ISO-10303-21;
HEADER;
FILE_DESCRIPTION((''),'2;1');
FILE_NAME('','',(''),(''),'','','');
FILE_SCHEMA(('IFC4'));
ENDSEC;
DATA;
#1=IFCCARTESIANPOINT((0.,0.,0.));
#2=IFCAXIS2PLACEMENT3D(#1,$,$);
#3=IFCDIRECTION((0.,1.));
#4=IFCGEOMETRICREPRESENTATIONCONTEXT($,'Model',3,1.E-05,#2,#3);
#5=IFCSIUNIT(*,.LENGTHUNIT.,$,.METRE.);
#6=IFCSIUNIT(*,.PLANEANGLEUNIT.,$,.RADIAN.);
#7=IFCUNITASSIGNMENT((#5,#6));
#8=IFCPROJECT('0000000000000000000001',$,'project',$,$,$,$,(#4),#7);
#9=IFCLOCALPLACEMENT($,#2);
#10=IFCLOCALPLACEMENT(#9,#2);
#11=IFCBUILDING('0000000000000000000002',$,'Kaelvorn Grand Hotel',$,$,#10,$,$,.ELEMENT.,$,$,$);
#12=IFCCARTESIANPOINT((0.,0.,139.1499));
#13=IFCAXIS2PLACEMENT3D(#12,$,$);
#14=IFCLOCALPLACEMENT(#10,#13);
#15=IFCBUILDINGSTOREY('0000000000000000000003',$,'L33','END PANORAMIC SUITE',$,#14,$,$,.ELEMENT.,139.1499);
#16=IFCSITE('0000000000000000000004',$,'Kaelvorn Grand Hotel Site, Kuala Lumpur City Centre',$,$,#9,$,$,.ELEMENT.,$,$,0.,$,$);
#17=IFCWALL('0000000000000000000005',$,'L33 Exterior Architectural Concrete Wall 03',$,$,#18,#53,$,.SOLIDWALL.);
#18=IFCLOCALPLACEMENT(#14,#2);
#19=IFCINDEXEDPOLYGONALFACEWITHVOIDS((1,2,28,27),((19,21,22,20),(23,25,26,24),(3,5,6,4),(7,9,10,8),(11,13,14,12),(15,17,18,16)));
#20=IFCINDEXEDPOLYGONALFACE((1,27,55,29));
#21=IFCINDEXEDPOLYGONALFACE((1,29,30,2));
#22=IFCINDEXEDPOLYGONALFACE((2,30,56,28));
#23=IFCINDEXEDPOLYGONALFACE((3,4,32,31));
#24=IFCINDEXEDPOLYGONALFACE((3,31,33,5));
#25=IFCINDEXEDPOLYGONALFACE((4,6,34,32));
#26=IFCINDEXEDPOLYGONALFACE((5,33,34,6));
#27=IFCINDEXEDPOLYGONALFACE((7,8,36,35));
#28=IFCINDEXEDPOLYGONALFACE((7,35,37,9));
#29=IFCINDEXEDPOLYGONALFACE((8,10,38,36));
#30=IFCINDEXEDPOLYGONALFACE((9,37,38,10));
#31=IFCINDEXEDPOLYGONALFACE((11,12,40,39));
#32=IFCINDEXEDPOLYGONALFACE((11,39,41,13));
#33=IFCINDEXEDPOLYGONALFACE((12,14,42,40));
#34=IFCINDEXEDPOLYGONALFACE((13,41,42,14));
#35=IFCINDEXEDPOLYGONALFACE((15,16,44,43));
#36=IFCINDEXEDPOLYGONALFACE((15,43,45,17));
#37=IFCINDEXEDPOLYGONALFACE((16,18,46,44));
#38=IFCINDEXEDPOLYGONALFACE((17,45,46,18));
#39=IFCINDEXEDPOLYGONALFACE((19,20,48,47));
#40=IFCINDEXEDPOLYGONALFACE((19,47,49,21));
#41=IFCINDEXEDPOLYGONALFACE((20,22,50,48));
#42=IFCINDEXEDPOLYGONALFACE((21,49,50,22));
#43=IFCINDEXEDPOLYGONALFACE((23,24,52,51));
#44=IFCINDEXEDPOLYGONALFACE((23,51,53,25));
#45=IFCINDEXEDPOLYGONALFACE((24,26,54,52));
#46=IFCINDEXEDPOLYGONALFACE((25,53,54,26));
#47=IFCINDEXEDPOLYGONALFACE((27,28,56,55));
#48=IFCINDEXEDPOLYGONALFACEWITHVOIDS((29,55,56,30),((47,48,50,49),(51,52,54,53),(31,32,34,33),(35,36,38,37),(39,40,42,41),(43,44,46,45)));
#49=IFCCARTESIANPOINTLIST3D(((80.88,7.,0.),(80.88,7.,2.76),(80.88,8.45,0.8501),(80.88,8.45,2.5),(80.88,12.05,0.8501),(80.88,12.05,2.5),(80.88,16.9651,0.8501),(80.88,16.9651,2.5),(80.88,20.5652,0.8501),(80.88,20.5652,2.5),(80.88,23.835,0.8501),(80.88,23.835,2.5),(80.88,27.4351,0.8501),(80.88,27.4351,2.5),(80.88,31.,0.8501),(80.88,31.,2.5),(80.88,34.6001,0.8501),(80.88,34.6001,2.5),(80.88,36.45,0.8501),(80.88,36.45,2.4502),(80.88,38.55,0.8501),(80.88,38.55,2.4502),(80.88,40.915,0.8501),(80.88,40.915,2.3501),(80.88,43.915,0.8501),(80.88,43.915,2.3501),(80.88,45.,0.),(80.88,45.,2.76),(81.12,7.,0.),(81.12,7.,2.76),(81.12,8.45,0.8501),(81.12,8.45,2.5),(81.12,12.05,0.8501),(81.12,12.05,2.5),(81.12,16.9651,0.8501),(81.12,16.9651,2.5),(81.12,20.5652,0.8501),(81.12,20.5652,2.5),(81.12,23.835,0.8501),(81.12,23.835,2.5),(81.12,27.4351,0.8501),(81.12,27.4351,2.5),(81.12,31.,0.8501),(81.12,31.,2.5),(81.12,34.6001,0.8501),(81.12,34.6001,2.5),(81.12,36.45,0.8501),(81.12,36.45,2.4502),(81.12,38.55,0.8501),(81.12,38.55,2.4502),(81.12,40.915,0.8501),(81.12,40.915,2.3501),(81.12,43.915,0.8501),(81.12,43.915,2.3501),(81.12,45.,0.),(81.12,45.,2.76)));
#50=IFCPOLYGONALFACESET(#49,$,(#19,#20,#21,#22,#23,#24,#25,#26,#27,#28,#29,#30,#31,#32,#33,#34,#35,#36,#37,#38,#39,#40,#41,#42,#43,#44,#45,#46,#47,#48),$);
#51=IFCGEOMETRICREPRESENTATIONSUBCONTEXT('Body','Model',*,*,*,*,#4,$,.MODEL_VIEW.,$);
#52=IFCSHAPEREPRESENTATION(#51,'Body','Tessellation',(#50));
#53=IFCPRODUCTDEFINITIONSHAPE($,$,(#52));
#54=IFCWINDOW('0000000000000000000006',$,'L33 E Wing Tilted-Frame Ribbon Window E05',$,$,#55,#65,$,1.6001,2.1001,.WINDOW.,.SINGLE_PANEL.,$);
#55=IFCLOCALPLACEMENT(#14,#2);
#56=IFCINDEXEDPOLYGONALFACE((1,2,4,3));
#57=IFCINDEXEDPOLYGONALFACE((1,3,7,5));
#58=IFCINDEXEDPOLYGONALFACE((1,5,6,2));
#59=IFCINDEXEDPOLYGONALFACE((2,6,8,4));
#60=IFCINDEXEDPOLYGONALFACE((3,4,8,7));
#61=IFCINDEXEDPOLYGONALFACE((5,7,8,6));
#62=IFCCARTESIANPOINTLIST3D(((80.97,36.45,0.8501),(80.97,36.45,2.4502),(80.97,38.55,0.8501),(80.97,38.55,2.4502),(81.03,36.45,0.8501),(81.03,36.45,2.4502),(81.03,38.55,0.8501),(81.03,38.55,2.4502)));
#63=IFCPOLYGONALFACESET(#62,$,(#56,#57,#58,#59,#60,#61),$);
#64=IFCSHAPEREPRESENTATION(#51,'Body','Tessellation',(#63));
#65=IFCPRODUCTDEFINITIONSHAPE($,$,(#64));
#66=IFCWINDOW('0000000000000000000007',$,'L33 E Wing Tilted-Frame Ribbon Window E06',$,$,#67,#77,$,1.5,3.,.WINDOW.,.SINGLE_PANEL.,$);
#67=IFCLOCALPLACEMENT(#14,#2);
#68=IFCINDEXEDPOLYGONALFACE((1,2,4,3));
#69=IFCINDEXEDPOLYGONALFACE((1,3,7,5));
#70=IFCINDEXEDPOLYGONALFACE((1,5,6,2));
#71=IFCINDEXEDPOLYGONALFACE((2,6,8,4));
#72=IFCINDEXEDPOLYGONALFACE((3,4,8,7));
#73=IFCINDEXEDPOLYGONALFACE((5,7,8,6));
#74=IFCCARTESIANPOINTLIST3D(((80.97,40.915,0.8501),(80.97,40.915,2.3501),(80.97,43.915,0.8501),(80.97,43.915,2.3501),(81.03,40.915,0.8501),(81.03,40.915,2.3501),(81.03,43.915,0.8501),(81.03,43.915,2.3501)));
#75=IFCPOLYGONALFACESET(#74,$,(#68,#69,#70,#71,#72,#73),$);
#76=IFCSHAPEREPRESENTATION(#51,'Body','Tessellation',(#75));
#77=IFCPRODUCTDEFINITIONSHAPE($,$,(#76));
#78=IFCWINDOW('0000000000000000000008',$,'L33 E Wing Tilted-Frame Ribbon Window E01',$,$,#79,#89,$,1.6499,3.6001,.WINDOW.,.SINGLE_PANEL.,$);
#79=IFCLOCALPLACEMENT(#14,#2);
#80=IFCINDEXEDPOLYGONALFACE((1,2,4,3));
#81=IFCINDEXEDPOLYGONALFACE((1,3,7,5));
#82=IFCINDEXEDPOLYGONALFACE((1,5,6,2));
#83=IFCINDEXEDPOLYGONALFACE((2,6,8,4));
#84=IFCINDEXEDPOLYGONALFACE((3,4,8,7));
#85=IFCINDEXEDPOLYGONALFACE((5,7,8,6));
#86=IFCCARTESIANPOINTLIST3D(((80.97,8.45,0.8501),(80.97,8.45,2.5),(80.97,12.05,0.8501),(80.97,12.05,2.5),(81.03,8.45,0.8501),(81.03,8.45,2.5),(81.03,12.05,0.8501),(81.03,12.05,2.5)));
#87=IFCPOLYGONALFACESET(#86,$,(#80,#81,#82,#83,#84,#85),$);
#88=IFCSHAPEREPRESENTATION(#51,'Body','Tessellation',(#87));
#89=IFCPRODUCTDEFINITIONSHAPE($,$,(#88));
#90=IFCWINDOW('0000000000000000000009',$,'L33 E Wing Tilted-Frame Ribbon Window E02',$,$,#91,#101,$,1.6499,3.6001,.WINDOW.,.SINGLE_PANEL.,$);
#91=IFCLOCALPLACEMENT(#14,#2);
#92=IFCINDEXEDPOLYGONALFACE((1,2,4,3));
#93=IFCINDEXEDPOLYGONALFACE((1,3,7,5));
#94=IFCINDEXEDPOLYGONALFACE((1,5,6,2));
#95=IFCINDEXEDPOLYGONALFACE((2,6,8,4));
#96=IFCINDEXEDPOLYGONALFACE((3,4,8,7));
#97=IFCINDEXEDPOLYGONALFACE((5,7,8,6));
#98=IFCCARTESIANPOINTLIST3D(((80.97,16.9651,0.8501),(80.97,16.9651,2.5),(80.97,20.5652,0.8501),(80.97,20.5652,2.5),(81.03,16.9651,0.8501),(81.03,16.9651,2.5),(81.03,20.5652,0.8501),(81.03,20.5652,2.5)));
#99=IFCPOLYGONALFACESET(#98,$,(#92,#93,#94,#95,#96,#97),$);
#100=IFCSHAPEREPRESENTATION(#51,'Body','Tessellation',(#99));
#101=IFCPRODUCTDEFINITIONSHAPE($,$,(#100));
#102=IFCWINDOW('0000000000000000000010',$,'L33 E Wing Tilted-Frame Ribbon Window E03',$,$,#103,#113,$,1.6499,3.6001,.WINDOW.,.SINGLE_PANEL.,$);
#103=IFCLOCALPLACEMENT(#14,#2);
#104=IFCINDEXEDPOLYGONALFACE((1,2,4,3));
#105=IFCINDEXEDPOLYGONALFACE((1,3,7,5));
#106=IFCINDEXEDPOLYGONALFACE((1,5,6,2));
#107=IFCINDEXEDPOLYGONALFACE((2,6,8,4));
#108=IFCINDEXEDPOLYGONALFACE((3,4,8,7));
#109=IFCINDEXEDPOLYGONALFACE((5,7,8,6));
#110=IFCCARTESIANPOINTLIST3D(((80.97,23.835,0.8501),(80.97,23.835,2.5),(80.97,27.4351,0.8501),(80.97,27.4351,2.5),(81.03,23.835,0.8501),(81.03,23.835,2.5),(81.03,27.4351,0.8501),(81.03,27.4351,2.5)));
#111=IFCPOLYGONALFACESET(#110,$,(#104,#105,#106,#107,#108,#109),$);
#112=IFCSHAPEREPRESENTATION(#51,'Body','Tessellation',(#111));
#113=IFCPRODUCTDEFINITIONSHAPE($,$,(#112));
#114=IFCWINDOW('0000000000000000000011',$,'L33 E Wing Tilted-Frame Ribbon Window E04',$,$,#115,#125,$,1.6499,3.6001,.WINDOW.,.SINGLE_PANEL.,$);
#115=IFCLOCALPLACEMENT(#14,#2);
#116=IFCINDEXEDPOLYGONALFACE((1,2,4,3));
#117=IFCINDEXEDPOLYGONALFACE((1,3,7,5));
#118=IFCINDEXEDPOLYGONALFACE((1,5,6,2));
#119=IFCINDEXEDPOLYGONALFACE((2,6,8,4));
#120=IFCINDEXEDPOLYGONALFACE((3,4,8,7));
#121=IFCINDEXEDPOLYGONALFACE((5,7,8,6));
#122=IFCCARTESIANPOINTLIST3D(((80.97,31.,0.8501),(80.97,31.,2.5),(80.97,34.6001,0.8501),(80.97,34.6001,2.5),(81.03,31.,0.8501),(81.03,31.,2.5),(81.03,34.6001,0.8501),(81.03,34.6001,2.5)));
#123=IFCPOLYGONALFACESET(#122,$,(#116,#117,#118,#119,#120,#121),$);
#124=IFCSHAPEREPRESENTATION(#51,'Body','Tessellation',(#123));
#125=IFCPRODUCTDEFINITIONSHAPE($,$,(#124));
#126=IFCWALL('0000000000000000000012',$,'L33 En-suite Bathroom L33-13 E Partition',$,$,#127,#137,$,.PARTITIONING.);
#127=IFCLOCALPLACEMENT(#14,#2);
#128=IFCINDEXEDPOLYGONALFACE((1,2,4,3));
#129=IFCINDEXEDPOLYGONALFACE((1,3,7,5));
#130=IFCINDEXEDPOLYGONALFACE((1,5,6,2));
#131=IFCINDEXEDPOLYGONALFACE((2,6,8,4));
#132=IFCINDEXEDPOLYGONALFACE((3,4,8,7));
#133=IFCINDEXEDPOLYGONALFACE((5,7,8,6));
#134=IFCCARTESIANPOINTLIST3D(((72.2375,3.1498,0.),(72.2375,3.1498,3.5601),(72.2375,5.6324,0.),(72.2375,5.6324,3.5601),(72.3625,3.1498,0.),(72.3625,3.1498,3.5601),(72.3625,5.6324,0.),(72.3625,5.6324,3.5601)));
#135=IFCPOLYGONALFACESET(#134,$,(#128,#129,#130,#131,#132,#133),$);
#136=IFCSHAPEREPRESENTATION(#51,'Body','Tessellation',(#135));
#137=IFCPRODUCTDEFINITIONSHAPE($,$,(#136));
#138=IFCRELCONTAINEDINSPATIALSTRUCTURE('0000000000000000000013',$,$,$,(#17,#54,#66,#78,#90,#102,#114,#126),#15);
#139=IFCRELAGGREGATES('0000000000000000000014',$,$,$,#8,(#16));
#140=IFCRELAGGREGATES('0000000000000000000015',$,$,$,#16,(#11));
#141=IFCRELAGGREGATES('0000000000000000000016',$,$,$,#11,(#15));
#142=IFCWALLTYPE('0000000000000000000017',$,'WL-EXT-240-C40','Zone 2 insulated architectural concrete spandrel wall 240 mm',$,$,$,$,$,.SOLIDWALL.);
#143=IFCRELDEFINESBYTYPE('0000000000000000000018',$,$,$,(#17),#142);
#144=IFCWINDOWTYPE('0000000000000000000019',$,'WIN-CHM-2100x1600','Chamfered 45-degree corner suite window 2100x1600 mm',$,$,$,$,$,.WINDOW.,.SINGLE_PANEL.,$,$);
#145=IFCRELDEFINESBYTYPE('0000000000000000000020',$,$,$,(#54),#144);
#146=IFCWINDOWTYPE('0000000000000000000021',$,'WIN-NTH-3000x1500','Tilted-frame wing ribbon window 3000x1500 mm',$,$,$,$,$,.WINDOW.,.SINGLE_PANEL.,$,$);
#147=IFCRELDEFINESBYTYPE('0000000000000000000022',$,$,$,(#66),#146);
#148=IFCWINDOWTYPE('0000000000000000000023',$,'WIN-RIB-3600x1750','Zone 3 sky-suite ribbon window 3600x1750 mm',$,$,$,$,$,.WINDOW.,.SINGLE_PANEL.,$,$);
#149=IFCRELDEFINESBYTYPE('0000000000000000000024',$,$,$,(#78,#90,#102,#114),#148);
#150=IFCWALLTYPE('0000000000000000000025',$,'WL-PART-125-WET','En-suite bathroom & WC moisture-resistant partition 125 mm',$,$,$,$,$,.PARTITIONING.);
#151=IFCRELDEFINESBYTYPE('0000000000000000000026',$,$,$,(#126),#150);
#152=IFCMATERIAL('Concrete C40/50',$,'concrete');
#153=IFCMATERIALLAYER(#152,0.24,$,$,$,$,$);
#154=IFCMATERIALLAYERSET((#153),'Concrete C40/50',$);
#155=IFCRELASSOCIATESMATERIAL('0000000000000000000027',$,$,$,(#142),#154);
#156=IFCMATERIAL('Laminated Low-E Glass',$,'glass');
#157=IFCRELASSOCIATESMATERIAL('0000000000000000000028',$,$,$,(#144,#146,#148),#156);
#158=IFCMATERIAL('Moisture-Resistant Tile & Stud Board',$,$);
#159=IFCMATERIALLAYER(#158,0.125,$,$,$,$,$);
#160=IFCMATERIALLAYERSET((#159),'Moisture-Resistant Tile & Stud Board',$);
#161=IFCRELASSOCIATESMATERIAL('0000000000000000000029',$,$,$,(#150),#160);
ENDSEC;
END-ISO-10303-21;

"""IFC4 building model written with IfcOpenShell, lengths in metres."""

from ifc_helpers import new_model, si_unit, direction, frame, frame_2d, origin, place, context, subcontext, project, spatial, rectangle, extrude, material, layer, layer_set, type_object, element, fill, save


model = new_model("IFC4")

# Units and contexts
model_context = context("Model", 3, precision=1e-05, world=origin(), true_north=direction((0.0, 1.0)))
body_context = subcontext(model_context, "Body", "Model", "MODEL_VIEW")
ifc_project = project(units=[si_unit("LENGTHUNIT", "METRE"), si_unit("PLANEANGLEUNIT", "RADIAN")], contexts=[model_context])

# Site, building, storey
site_placement = place(None, origin())
site = spatial("IfcSite", under=ifc_project, at=site_placement, Name="Kaelvorn Grand Hotel Site, Kuala Lumpur City Centre", CompositionType="ELEMENT", RefElevation=0.0)
building_placement = place(site_placement, origin())
building = spatial("IfcBuilding", under=site, at=building_placement, Name="Kaelvorn Grand Hotel", CompositionType="ELEMENT")
storey_placement = place(building_placement, frame((0.0, 0.0, 139.1499)))
storey = spatial("IfcBuildingStorey", under=building, at=storey_placement, Name="L33", Description="END PANORAMIC SUITE", CompositionType="ELEMENT", Elevation=139.1499)

# Shared definitions
ifc_material_1 = material(Name="Concrete C40/50", Category="concrete")

# Shared definitions
ifc_layer_1 = layer(ifc_material_1, 0.24)
ifc_layer_set_1 = layer_set([ifc_layer_1], Name="Concrete C40/50")
wall_type_1 = type_object("IfcWallType", Name="WL-EXT-240-C40", Description="Zone 2 insulated architectural concrete spandrel wall 240 mm", PredefinedType="SOLIDWALL", material=ifc_layer_set_1)
ifc_material_2 = material(Name="Laminated Low-E Glass", Category="glass")
window_type_1 = type_object("IfcWindowType", Name="WIN-CHM-2100x1600", Description="Chamfered 45-degree corner suite window 2100x1600 mm", PartitioningType="SINGLE_PANEL", PredefinedType="WINDOW", material=ifc_material_2)

# Wall, openings, windows
wall_1_placement = place(storey_placement, frame((81.0, 7.0, 0.0), z_axis=(0.0, 0.0, 1.0), x_axis=(0.0, 1.0, 0.0)))
wall_1 = element("IfcWall", 1, at=wall_1_placement, inside=storey, type_object=wall_type_1, Name="L33 Exterior Architectural Concrete Wall 03", PredefinedType="SOLIDWALL", context=body_context, shape_type="SweptSolid", body=[
    extrude(rectangle(XDim=38.0, YDim=0.24, at=frame_2d((19.0, 0.0))), origin(), (0.0, 0.0, 1.0), 2.76),
])
opening_1_placement = place(wall_1_placement, frame((1.45, 0.0, 0.8501)))
opening_1 = element("IfcOpeningElement", 2, at=opening_1_placement, cuts=wall_1, PredefinedType="OPENING", context=body_context, shape_type="SweptSolid", body=[
    extrude(rectangle(XDim=3.6001, YDim=1.6499, at=frame_2d((1.8, 0.825))), frame((0.0, 0.1299, 0.0), z_axis=(0.0, -1.0, 0.0), x_axis=(1.0, 0.0, 0.0)), (0.0, 0.0, 1.0), 0.26),
])
opening_2_placement = place(wall_1_placement, frame((9.9651, 0.0, 0.8501)))
opening_2 = element("IfcOpeningElement", 3, at=opening_2_placement, cuts=wall_1, PredefinedType="OPENING", context=body_context, shape_type="SweptSolid", body=[
    extrude(rectangle(XDim=3.6001, YDim=1.6499, at=frame_2d((1.8, 0.825))), frame((0.0, 0.1299, 0.0), z_axis=(0.0, -1.0, 0.0), x_axis=(1.0, 0.0, 0.0)), (0.0, 0.0, 1.0), 0.26),
])
opening_3_placement = place(wall_1_placement, frame((16.835, 0.0, 0.8501)))
opening_3 = element("IfcOpeningElement", 4, at=opening_3_placement, cuts=wall_1, PredefinedType="OPENING", context=body_context, shape_type="SweptSolid", body=[
    extrude(rectangle(XDim=3.6001, YDim=1.6499, at=frame_2d((1.8, 0.825))), frame((0.0, 0.1299, 0.0), z_axis=(0.0, -1.0, 0.0), x_axis=(1.0, 0.0, 0.0)), (0.0, 0.0, 1.0), 0.26),
])
opening_4_placement = place(wall_1_placement, frame((24.0, 0.0, 0.8501)))
opening_4 = element("IfcOpeningElement", 5, at=opening_4_placement, cuts=wall_1, PredefinedType="OPENING", context=body_context, shape_type="SweptSolid", body=[
    extrude(rectangle(XDim=3.6001, YDim=1.6499, at=frame_2d((1.8, 0.825))), frame((0.0, 0.1299, 0.0), z_axis=(0.0, -1.0, 0.0), x_axis=(1.0, 0.0, 0.0)), (0.0, 0.0, 1.0), 0.26),
])
opening_5_placement = place(wall_1_placement, frame((29.45, 0.0, 0.8501)))
opening_5 = element("IfcOpeningElement", 6, at=opening_5_placement, cuts=wall_1, PredefinedType="OPENING", context=body_context, shape_type="SweptSolid", body=[
    extrude(rectangle(XDim=2.1001, YDim=1.6001, at=frame_2d((1.05, 0.8))), frame((0.0, 0.1299, 0.0), z_axis=(0.0, -1.0, 0.0), x_axis=(1.0, 0.0, 0.0)), (0.0, 0.0, 1.0), 0.26),
])
opening_6_placement = place(wall_1_placement, frame((33.915, 0.0, 0.8501)))
opening_6 = element("IfcOpeningElement", 7, at=opening_6_placement, cuts=wall_1, PredefinedType="OPENING", context=body_context, shape_type="SweptSolid", body=[
    extrude(rectangle(XDim=3.0, YDim=1.5, at=frame_2d((1.5, 0.75))), frame((0.0, 0.1299, 0.0), z_axis=(0.0, -1.0, 0.0), x_axis=(1.0, 0.0, 0.0)), (0.0, 0.0, 1.0), 0.26),
])
window_1_placement = place(opening_5_placement, origin())
window_1 = element("IfcWindow", 8, at=window_1_placement, inside=storey, type_object=window_type_1, Name="L33 E Wing Tilted-Frame Ribbon Window E05", OverallHeight=1.6001, OverallWidth=2.1001, PartitioningType="SINGLE_PANEL", PredefinedType="WINDOW", context=body_context, shape_type="SweptSolid", body=[
    extrude(rectangle(XDim=2.1001, YDim=1.6001, at=frame_2d((1.05, 0.8))), frame((0.0, 0.03, 0.0), z_axis=(0.0, -1.0, 0.0), x_axis=(1.0, 0.0, 0.0)), (0.0, 0.0, 1.0), 0.0601),
])
fill(opening_5, window_1)
window_type_2 = type_object("IfcWindowType", Name="WIN-NTH-3000x1500", Description="Tilted-frame wing ribbon window 3000x1500 mm", PartitioningType="SINGLE_PANEL", PredefinedType="WINDOW", material=ifc_material_2)
window_2_placement = place(opening_6_placement, origin())
window_2 = element("IfcWindow", 9, at=window_2_placement, inside=storey, type_object=window_type_2, Name="L33 E Wing Tilted-Frame Ribbon Window E06", OverallHeight=1.5, OverallWidth=3.0, PartitioningType="SINGLE_PANEL", PredefinedType="WINDOW", context=body_context, shape_type="SweptSolid", body=[
    extrude(rectangle(XDim=3.0, YDim=1.5, at=frame_2d((1.5, 0.75))), frame((0.0, 0.03, 0.0), z_axis=(0.0, -1.0, 0.0), x_axis=(1.0, 0.0, 0.0)), (0.0, 0.0, 1.0), 0.0601),
])
fill(opening_6, window_2)
window_type_3 = type_object("IfcWindowType", Name="WIN-RIB-3600x1750", Description="Zone 3 sky-suite ribbon window 3600x1750 mm", PartitioningType="SINGLE_PANEL", PredefinedType="WINDOW", material=ifc_material_2)
window_3_placement = place(opening_1_placement, origin())
window_3 = element("IfcWindow", 10, at=window_3_placement, inside=storey, type_object=window_type_3, Name="L33 E Wing Tilted-Frame Ribbon Window E01", OverallHeight=1.6499, OverallWidth=3.6001, PartitioningType="SINGLE_PANEL", PredefinedType="WINDOW", context=body_context, shape_type="SweptSolid", body=[
    extrude(rectangle(XDim=3.6001, YDim=1.6499, at=frame_2d((1.8, 0.825))), frame((0.0, 0.03, 0.0), z_axis=(0.0, -1.0, 0.0), x_axis=(1.0, 0.0, 0.0)), (0.0, 0.0, 1.0), 0.0601),
])
fill(opening_1, window_3)
window_4_placement = place(opening_2_placement, origin())
window_4 = element("IfcWindow", 11, at=window_4_placement, inside=storey, type_object=window_type_3, Name="L33 E Wing Tilted-Frame Ribbon Window E02", OverallHeight=1.6499, OverallWidth=3.6001, PartitioningType="SINGLE_PANEL", PredefinedType="WINDOW", context=body_context, shape_type="SweptSolid", body=[
    extrude(rectangle(XDim=3.6001, YDim=1.6499, at=frame_2d((1.8, 0.825))), frame((0.0, 0.03, 0.0), z_axis=(0.0, -1.0, 0.0), x_axis=(1.0, 0.0, 0.0)), (0.0, 0.0, 1.0), 0.0601),
])
fill(opening_2, window_4)
window_5_placement = place(opening_3_placement, origin())
window_5 = element("IfcWindow", 12, at=window_5_placement, inside=storey, type_object=window_type_3, Name="L33 E Wing Tilted-Frame Ribbon Window E03", OverallHeight=1.6499, OverallWidth=3.6001, PartitioningType="SINGLE_PANEL", PredefinedType="WINDOW", context=body_context, shape_type="SweptSolid", body=[
    extrude(rectangle(XDim=3.6001, YDim=1.6499, at=frame_2d((1.8, 0.825))), frame((0.0, 0.03, 0.0), z_axis=(0.0, -1.0, 0.0), x_axis=(1.0, 0.0, 0.0)), (0.0, 0.0, 1.0), 0.0601),
])
fill(opening_3, window_5)
window_6_placement = place(opening_4_placement, origin())
window_6 = element("IfcWindow", 13, at=window_6_placement, inside=storey, type_object=window_type_3, Name="L33 E Wing Tilted-Frame Ribbon Window E04", OverallHeight=1.6499, OverallWidth=3.6001, PartitioningType="SINGLE_PANEL", PredefinedType="WINDOW", context=body_context, shape_type="SweptSolid", body=[
    extrude(rectangle(XDim=3.6001, YDim=1.6499, at=frame_2d((1.8, 0.825))), frame((0.0, 0.03, 0.0), z_axis=(0.0, -1.0, 0.0), x_axis=(1.0, 0.0, 0.0)), (0.0, 0.0, 1.0), 0.0601),
])
fill(opening_4, window_6)

# Wall
ifc_material_3 = material(Name="Moisture-Resistant Tile & Stud Board")
ifc_layer_2 = layer(ifc_material_3, 0.125)
ifc_layer_set_2 = layer_set([ifc_layer_2], Name="Moisture-Resistant Tile & Stud Board")
wall_type_2 = type_object("IfcWallType", Name="WL-PART-125-WET", Description="En-suite bathroom & WC moisture-resistant partition 125 mm", PredefinedType="PARTITIONING", material=ifc_layer_set_2)
wall_2_placement = place(storey_placement, frame((72.3, 3.1499, 0.0), z_axis=(0.0, 0.0, 1.0), x_axis=(0.0, 1.0, 0.0)))
element("IfcWall", 14, at=wall_2_placement, inside=storey, type_object=wall_type_2, Name="L33 En-suite Bathroom L33-13 E Partition", PredefinedType="PARTITIONING", context=body_context, shape_type="SweptSolid", body=[
    extrude(rectangle(XDim=2.4827, YDim=0.125, at=frame_2d((1.2412, 0.0))), origin(), (0.0, 0.0, 1.0), 3.5601),
])

save(model, "model.ifc")
